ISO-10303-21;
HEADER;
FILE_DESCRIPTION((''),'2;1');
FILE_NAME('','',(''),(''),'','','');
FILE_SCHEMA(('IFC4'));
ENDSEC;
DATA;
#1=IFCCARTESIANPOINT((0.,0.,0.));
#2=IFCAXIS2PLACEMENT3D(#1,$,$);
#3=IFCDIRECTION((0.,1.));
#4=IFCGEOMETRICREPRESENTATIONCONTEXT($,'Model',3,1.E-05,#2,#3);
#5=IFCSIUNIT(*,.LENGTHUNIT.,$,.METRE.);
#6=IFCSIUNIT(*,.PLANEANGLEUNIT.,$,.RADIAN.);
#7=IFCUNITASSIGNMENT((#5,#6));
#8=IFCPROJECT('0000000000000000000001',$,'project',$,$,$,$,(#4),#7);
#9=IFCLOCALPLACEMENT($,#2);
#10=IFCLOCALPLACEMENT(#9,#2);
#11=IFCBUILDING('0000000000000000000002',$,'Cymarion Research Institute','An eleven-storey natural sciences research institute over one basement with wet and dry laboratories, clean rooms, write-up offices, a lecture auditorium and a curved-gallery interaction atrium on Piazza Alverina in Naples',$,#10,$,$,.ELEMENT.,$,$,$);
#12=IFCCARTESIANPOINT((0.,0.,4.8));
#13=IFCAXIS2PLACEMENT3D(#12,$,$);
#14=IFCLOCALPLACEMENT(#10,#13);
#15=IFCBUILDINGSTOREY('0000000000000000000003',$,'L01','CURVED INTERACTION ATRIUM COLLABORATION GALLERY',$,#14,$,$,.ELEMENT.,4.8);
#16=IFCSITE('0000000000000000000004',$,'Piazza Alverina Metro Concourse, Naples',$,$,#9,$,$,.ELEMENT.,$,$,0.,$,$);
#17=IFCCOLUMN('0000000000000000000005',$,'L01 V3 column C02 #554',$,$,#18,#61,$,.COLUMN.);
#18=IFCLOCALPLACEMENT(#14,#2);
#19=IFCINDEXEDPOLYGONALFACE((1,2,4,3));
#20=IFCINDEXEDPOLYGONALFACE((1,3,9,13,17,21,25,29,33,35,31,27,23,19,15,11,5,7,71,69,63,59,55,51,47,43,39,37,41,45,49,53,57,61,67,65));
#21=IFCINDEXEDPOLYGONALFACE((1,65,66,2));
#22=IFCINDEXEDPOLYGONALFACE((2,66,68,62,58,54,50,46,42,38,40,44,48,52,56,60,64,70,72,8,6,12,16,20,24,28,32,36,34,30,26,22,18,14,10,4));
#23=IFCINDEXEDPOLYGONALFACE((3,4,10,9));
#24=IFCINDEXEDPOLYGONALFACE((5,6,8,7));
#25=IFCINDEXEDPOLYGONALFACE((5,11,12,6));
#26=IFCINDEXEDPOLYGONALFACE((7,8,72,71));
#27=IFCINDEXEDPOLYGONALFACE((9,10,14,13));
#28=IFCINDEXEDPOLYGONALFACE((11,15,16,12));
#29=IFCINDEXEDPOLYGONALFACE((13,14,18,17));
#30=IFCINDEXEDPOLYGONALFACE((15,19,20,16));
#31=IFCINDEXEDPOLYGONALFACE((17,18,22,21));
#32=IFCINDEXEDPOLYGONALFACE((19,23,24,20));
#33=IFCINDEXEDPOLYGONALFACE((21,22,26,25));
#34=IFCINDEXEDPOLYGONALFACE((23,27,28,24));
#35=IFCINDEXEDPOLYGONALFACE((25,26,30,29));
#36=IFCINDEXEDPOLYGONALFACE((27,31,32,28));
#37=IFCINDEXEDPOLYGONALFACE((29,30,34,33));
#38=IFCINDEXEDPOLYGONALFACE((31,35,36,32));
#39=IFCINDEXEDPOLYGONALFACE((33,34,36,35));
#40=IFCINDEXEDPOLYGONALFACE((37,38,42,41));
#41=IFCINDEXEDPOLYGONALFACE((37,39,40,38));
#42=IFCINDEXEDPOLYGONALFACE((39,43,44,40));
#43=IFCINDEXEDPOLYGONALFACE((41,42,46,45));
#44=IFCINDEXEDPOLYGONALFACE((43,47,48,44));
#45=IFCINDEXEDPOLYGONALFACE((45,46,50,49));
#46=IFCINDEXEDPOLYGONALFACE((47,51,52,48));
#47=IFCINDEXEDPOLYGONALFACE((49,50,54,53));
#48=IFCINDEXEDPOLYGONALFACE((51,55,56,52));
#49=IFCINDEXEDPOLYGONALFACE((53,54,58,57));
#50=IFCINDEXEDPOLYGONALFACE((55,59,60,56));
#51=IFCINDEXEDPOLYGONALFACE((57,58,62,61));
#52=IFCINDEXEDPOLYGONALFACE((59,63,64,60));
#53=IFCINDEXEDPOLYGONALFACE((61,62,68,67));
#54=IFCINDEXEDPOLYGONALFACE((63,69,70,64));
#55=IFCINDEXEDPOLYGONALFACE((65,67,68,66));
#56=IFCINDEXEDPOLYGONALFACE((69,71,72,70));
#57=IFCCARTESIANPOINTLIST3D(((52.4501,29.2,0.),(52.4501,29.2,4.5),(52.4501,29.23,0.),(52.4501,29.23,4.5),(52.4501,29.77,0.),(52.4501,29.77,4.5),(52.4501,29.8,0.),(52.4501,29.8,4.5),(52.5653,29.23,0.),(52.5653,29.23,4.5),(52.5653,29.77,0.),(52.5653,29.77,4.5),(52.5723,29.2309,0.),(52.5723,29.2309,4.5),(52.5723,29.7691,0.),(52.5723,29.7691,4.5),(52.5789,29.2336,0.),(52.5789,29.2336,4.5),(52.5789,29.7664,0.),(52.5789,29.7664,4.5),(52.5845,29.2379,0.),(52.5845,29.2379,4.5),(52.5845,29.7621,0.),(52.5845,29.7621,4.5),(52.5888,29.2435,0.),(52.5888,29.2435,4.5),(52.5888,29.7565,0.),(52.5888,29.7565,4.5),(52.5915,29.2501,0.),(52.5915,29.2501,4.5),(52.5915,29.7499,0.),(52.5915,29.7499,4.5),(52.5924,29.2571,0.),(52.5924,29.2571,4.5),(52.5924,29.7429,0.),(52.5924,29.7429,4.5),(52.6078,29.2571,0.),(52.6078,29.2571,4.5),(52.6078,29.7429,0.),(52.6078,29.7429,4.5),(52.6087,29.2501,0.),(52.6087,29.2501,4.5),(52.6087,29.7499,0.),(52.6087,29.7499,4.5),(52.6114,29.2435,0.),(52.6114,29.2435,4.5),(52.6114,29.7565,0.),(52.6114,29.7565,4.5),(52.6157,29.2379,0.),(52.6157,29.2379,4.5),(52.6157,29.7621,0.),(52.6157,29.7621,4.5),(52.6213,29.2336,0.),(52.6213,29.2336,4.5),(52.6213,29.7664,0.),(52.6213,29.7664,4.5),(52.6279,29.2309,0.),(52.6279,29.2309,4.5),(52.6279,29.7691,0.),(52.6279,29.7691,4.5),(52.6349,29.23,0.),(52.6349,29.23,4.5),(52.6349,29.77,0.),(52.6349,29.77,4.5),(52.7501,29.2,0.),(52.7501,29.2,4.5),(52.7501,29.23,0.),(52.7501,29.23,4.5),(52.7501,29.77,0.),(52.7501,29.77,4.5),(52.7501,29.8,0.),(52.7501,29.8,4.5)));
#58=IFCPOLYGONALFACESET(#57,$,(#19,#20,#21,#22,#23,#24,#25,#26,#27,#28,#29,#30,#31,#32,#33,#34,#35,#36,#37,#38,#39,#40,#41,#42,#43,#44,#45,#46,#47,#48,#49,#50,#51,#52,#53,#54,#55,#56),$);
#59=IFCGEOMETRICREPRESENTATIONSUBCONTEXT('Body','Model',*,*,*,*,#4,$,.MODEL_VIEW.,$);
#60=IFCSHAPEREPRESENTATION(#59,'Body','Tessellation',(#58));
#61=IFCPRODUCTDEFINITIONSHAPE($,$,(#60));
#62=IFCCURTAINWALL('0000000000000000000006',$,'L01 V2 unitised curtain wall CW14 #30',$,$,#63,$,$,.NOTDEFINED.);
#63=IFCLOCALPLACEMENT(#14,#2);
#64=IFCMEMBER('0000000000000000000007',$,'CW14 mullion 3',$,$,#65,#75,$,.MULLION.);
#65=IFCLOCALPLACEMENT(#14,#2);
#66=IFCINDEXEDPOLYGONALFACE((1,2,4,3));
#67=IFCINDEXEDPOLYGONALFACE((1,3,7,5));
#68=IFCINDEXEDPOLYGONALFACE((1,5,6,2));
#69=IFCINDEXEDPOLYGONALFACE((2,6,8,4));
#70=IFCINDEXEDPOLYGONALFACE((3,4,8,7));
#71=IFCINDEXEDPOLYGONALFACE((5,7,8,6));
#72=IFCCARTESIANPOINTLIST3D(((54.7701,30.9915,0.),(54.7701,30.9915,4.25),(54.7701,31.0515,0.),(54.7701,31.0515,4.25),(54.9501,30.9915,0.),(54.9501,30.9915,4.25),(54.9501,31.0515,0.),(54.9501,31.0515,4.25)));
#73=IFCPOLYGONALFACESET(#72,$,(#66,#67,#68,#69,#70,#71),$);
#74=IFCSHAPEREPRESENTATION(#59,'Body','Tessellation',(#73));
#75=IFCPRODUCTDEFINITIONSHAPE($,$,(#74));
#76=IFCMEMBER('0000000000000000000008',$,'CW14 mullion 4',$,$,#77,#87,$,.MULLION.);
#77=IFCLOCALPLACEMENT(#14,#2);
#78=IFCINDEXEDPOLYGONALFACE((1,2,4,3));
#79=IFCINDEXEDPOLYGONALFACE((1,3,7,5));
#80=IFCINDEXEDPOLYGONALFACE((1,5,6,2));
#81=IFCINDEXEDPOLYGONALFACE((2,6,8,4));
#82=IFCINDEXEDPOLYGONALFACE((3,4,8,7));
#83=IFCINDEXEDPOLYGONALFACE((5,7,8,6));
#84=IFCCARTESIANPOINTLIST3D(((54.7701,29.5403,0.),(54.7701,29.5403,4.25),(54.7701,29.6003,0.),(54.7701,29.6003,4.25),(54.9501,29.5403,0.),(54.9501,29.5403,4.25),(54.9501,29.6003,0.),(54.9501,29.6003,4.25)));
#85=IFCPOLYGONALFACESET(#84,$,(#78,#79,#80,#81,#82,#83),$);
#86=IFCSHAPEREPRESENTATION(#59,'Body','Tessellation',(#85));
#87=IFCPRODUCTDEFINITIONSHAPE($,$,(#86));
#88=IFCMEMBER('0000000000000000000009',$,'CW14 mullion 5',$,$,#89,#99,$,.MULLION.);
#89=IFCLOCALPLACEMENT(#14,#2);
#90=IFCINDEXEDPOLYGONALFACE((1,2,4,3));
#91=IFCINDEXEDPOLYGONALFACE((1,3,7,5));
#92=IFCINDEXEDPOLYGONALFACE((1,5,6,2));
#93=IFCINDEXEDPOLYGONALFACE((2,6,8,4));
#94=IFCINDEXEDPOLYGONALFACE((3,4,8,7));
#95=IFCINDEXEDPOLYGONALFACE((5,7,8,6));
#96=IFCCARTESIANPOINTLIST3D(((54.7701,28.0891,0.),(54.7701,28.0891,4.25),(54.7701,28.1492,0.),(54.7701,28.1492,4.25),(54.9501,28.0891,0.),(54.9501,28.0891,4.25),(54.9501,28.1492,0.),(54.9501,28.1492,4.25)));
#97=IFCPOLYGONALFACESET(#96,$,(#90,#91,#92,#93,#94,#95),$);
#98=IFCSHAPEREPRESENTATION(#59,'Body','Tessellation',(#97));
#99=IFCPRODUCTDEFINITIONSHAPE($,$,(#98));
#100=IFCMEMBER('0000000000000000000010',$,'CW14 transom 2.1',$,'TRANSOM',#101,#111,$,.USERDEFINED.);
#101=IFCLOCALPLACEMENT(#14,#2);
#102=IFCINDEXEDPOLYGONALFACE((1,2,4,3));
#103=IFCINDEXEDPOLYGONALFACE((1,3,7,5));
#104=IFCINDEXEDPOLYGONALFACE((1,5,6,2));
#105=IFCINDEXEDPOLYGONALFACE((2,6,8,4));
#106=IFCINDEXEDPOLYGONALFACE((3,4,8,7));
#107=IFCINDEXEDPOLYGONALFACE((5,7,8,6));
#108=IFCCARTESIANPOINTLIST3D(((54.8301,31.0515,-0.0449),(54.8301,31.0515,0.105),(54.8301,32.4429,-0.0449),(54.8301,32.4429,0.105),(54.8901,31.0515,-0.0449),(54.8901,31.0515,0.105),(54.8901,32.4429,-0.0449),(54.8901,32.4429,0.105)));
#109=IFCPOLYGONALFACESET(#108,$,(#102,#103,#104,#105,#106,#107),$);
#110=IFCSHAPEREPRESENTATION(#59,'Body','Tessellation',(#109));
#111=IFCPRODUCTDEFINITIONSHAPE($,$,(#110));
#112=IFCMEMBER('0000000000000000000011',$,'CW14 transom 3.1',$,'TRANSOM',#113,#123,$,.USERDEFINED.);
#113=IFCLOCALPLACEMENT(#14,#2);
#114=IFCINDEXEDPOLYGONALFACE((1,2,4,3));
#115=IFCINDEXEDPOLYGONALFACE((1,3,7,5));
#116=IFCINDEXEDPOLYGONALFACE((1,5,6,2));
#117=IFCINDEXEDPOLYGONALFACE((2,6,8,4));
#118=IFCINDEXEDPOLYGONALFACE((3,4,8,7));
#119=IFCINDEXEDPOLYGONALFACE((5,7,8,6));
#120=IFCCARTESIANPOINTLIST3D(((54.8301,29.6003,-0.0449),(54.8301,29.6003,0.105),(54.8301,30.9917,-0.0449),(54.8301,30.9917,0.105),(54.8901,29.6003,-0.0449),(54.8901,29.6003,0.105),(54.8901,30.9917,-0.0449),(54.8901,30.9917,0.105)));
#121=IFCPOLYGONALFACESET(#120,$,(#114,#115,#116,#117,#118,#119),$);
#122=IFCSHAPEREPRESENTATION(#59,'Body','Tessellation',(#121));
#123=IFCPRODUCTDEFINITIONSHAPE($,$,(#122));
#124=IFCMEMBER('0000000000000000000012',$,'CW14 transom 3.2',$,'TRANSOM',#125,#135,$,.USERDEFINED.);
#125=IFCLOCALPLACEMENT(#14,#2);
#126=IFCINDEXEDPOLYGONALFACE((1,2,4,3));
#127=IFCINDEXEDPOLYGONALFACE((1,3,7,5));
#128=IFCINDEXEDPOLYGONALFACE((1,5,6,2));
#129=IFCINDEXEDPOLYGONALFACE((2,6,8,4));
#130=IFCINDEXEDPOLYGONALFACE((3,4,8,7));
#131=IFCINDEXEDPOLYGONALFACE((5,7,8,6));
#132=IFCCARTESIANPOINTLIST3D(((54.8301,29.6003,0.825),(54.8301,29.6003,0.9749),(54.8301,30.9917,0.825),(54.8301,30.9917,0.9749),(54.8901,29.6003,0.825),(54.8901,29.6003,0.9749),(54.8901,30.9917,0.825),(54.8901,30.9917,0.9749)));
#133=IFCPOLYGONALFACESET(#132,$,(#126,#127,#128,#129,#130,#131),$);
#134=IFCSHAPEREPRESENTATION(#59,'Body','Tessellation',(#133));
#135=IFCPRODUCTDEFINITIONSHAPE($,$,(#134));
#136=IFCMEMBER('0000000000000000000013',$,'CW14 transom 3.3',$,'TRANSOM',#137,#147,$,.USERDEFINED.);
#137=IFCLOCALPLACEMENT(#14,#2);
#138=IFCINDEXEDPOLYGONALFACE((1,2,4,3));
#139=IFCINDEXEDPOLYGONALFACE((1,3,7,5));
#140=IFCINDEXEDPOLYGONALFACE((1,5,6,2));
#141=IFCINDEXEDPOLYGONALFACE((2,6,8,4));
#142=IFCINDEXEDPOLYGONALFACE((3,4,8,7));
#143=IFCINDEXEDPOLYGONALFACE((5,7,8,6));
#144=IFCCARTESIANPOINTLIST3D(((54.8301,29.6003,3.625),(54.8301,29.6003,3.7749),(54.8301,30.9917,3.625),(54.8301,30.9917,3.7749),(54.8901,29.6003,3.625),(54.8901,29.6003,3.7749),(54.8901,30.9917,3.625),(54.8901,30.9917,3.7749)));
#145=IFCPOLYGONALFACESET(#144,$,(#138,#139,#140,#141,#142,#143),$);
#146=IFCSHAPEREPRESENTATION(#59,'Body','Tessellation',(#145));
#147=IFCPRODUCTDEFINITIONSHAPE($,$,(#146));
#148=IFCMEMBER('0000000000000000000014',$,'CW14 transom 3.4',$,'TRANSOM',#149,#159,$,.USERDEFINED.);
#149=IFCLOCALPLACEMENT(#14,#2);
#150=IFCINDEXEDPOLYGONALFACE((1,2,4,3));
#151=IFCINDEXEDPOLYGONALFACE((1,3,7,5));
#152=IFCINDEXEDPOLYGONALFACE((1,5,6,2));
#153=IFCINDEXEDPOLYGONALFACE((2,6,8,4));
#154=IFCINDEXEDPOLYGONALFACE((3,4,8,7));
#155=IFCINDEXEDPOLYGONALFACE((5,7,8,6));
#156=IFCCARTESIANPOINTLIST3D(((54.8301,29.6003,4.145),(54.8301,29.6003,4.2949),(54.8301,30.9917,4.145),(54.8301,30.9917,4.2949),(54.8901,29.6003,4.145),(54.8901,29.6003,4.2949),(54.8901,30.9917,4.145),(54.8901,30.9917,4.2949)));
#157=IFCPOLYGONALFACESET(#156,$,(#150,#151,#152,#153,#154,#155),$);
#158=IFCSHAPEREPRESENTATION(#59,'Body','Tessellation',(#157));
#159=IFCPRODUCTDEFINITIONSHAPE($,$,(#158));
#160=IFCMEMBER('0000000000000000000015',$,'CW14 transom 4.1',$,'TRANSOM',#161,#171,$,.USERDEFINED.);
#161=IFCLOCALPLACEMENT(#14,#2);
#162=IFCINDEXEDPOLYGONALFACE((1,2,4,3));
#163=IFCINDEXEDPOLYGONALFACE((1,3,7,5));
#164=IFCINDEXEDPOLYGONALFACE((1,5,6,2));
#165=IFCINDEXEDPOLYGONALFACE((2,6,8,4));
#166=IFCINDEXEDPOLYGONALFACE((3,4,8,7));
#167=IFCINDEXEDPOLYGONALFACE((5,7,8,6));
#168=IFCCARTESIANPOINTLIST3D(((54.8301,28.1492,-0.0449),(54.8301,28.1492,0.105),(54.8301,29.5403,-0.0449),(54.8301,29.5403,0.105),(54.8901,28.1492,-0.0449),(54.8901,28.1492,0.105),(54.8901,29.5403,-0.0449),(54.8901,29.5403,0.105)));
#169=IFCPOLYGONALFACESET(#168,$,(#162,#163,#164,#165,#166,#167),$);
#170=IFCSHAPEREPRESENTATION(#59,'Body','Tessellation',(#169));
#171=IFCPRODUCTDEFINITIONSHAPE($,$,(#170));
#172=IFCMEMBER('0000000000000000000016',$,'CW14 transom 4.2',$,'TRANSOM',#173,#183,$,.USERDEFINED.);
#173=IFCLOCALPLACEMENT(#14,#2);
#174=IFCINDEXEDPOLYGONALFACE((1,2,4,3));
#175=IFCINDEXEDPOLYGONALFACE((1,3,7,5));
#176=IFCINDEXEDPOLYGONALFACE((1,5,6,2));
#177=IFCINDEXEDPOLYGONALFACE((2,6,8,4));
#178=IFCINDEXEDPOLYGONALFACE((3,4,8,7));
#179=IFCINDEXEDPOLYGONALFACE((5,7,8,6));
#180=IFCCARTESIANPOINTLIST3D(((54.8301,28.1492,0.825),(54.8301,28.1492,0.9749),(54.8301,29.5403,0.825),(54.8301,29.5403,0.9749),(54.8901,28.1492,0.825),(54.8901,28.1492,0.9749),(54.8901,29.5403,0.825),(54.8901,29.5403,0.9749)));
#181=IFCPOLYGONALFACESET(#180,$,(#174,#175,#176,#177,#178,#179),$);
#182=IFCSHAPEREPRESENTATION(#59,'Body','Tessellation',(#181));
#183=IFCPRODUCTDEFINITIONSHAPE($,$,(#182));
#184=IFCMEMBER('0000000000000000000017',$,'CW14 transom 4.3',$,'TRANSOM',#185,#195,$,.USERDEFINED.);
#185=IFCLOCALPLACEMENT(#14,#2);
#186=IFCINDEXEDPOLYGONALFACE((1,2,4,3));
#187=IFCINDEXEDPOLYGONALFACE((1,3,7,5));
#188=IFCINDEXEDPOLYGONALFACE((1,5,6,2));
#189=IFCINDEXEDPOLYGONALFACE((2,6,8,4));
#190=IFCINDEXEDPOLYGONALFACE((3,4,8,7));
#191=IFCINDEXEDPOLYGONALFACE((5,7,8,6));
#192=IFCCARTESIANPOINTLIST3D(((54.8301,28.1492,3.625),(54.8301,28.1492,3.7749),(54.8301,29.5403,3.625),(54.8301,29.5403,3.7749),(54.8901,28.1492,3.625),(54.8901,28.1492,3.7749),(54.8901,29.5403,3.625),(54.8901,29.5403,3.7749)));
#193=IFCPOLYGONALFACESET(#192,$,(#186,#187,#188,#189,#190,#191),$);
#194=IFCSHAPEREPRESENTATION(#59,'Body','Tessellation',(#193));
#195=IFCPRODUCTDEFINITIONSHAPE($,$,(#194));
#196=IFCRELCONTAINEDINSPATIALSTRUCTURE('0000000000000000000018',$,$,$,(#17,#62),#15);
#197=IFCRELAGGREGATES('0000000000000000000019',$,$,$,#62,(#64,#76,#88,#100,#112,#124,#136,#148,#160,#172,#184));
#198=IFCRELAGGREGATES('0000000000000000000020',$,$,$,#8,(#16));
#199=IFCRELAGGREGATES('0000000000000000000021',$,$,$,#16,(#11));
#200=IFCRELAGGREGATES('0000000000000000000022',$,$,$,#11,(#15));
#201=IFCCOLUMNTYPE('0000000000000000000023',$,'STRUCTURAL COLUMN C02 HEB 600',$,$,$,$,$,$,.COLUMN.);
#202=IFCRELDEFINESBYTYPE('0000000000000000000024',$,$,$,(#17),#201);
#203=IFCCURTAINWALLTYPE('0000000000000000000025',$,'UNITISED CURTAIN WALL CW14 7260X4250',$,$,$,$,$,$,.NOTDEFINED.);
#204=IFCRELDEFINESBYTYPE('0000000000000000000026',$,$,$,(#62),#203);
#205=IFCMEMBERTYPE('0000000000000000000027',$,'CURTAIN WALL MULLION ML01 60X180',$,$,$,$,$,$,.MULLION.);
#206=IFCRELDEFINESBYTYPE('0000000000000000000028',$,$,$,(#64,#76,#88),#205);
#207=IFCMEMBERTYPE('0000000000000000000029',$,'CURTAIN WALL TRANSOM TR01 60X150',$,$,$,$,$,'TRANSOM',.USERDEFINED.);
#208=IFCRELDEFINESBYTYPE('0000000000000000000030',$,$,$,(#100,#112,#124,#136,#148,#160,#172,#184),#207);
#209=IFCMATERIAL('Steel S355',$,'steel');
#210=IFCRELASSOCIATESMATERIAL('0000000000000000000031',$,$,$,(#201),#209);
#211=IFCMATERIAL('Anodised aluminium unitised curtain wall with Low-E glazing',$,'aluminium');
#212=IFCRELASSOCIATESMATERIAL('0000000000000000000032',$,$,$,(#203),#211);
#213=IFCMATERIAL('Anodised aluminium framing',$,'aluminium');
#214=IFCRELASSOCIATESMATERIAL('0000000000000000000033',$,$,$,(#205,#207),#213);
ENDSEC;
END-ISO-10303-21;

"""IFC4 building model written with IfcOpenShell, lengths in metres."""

from ifc_helpers import new_model, si_unit, direction, frame, origin, origin_2d, place, context, subcontext, project, spatial, rectangle, i_section, extrude, material, material_profile, profile_set, type_object, element, aggregate, save


model = new_model("IFC4")

# Units and contexts
model_context = context("Model", 3, precision=1e-05, world=origin(), true_north=direction((0.0, 1.0)))
body_context = subcontext(model_context, "Body", "Model", "MODEL_VIEW")
ifc_project = project(units=[si_unit("LENGTHUNIT", "METRE"), si_unit("PLANEANGLEUNIT", "RADIAN")], contexts=[model_context])

# Site, building, storey
site_placement = place(None, origin())
site = spatial("IfcSite", under=ifc_project, at=site_placement, Name="Piazza Alverina Metro Concourse, Naples", CompositionType="ELEMENT", RefElevation=0.0)
building_placement = place(site_placement, origin())
building = spatial("IfcBuilding", under=site, at=building_placement, Name="Cymarion Research Institute", Description="An eleven-storey natural sciences research institute over one basement with wet and dry laboratories, clean rooms, write-up offices, a lecture auditorium and a curved-gallery interaction atrium on Piazza Alverina in Naples", CompositionType="ELEMENT")
storey_placement = place(building_placement, frame((0.0, 0.0, 4.8)))
storey = spatial("IfcBuildingStorey", under=building, at=storey_placement, Name="L01", Description="CURVED INTERACTION ATRIUM COLLABORATION GALLERY", CompositionType="ELEMENT", Elevation=4.8)

# Column
ifc_material_1 = material(Name="Steel S355", Category="steel")
ifc_material_profile_1 = material_profile(ifc_material_1, i_section(OverallWidth=0.3, OverallDepth=0.6001, WebThickness=0.0154, FlangeThickness=0.03, FilletRadius=0.0271, at=origin_2d()), Name="HEB 600")
ifc_profile_set_1 = profile_set([ifc_material_profile_1], Name="Steel S355")
column_type = type_object("IfcColumnType", Name="STRUCTURAL COLUMN C02 HEB 600", PredefinedType="COLUMN", material=ifc_profile_set_1)
column_placement = place(storey_placement, frame((52.6001, 29.5, 0.0), z_axis=(0.0, 0.0, 1.0), x_axis=(1.0, 0.0, 0.0)))
element("IfcColumn", 1, at=column_placement, inside=storey, type_object=column_type, Name="L01 V3 column C02 #554", PredefinedType="COLUMN", context=body_context, shape_type="SweptSolid", body=[
    extrude(i_section(OverallWidth=0.3, OverallDepth=0.6001, WebThickness=0.0154, FlangeThickness=0.03, FilletRadius=0.0271, at=origin_2d()), origin(), (0.0, 0.0, 1.0), 4.5),
])

# Curtain wall, members
ifc_material_2 = material(Name="Anodised aluminium unitised curtain wall with Low-E glazing", Category="aluminium")
curtain_wall_type = type_object("IfcCurtainWallType", Name="UNITISED CURTAIN WALL CW14 7260X4250", PredefinedType="NOTDEFINED", material=ifc_material_2)
curtain_wall_placement = place(storey_placement, origin())
curtain_wall = element("IfcCurtainWall", 2, at=curtain_wall_placement, inside=storey, type_object=curtain_wall_type, Name="L01 V2 unitised curtain wall CW14 #30", PredefinedType="NOTDEFINED")
ifc_material_3 = material(Name="Anodised aluminium framing", Category="aluminium")
ifc_material_profile_2 = material_profile(ifc_material_3, rectangle(XDim=0.0601, YDim=0.1799, at=origin_2d()), Name="ALU MULLION 60x180")
ifc_profile_set_2 = profile_set([ifc_material_profile_2], Name="Anodised aluminium framing")
member_type_1 = type_object("IfcMemberType", Name="CURTAIN WALL MULLION ML01 60X180", PredefinedType="MULLION", material=ifc_profile_set_2)
member_1_placement = place(storey_placement, frame((54.8601, 31.0215, 0.0), z_axis=(0.0, 0.0, 1.0), x_axis=(0.0, -1.0, 0.0)))
member_1 = element("IfcMember", 3, at=member_1_placement, type_object=member_type_1, Name="CW14 mullion 3", PredefinedType="MULLION", context=body_context, shape_type="SweptSolid", body=[
    extrude(rectangle(XDim=0.0601, YDim=0.1799, at=origin_2d()), origin(), (0.0, 0.0, 1.0), 4.25),
])
member_2_placement = place(storey_placement, frame((54.8601, 29.5703, 0.0), z_axis=(0.0, 0.0, 1.0), x_axis=(0.0, -1.0, 0.0)))
member_2 = element("IfcMember", 4, at=member_2_placement, type_object=member_type_1, Name="CW14 mullion 4", PredefinedType="MULLION", context=body_context, shape_type="SweptSolid", body=[
    extrude(rectangle(XDim=0.0601, YDim=0.1799, at=origin_2d()), origin(), (0.0, 0.0, 1.0), 4.25),
])
member_3_placement = place(storey_placement, frame((54.8601, 28.1191, 0.0), z_axis=(0.0, 0.0, 1.0), x_axis=(0.0, -1.0, 0.0)))
member_3 = element("IfcMember", 5, at=member_3_placement, type_object=member_type_1, Name="CW14 mullion 5", PredefinedType="MULLION", context=body_context, shape_type="SweptSolid", body=[
    extrude(rectangle(XDim=0.0601, YDim=0.1799, at=origin_2d()), origin(), (0.0, 0.0, 1.0), 4.25),
])
ifc_material_profile_3 = material_profile(ifc_material_3, rectangle(XDim=0.0601, YDim=0.1499, at=origin_2d()), Name="ALU TRANSOM 60x150")
ifc_profile_set_3 = profile_set([ifc_material_profile_3], Name="Anodised aluminium framing")
member_type_2 = type_object("IfcMemberType", Name="CURTAIN WALL TRANSOM TR01 60X150", ElementType="TRANSOM", PredefinedType="USERDEFINED", material=ifc_profile_set_3)
member_4_placement = place(storey_placement, frame((54.8601, 32.4429, 0.03), z_axis=(0.0, -1.0, 0.0), x_axis=(1.0, 0.0, 0.0)))
member_4 = element("IfcMember", 6, at=member_4_placement, type_object=member_type_2, Name="CW14 transom 2.1", ObjectType="TRANSOM", PredefinedType="USERDEFINED", context=body_context, shape_type="SweptSolid", body=[
    extrude(rectangle(XDim=0.0601, YDim=0.1499, at=origin_2d()), origin(), (0.0, 0.0, 1.0), 1.3914),
])
member_5_placement = place(storey_placement, frame((54.8601, 30.9917, 0.03), z_axis=(0.0, -1.0, 0.0), x_axis=(1.0, 0.0, 0.0)))
member_5 = element("IfcMember", 7, at=member_5_placement, type_object=member_type_2, Name="CW14 transom 3.1", ObjectType="TRANSOM", PredefinedType="USERDEFINED", context=body_context, shape_type="SweptSolid", body=[
    extrude(rectangle(XDim=0.0601, YDim=0.1499, at=origin_2d()), origin(), (0.0, 0.0, 1.0), 1.3914),
])
member_6_placement = place(storey_placement, frame((54.8601, 30.9917, 0.8999), z_axis=(0.0, -1.0, 0.0), x_axis=(1.0, 0.0, 0.0)))
member_6 = element("IfcMember", 8, at=member_6_placement, type_object=member_type_2, Name="CW14 transom 3.2", ObjectType="TRANSOM", PredefinedType="USERDEFINED", context=body_context, shape_type="SweptSolid", body=[
    extrude(rectangle(XDim=0.0601, YDim=0.1499, at=origin_2d()), origin(), (0.0, 0.0, 1.0), 1.3914),
])
member_7_placement = place(storey_placement, frame((54.8601, 30.9917, 3.7), z_axis=(0.0, -1.0, 0.0), x_axis=(1.0, 0.0, 0.0)))
member_7 = element("IfcMember", 9, at=member_7_placement, type_object=member_type_2, Name="CW14 transom 3.3", ObjectType="TRANSOM", PredefinedType="USERDEFINED", context=body_context, shape_type="SweptSolid", body=[
    extrude(rectangle(XDim=0.0601, YDim=0.1499, at=origin_2d()), origin(), (0.0, 0.0, 1.0), 1.3914),
])
member_8_placement = place(storey_placement, frame((54.8601, 30.9917, 4.22), z_axis=(0.0, -1.0, 0.0), x_axis=(1.0, 0.0, 0.0)))
member_8 = element("IfcMember", 10, at=member_8_placement, type_object=member_type_2, Name="CW14 transom 3.4", ObjectType="TRANSOM", PredefinedType="USERDEFINED", context=body_context, shape_type="SweptSolid", body=[
    extrude(rectangle(XDim=0.0601, YDim=0.1499, at=origin_2d()), origin(), (0.0, 0.0, 1.0), 1.3914),
])
member_9_placement = place(storey_placement, frame((54.8601, 29.5403, 0.03), z_axis=(0.0, -1.0, 0.0), x_axis=(1.0, 0.0, 0.0)))
member_9 = element("IfcMember", 11, at=member_9_placement, type_object=member_type_2, Name="CW14 transom 4.1", ObjectType="TRANSOM", PredefinedType="USERDEFINED", context=body_context, shape_type="SweptSolid", body=[
    extrude(rectangle(XDim=0.0601, YDim=0.1499, at=origin_2d()), origin(), (0.0, 0.0, 1.0), 1.3911),
])
member_10_placement = place(storey_placement, frame((54.8601, 29.5403, 0.8999), z_axis=(0.0, -1.0, 0.0), x_axis=(1.0, 0.0, 0.0)))
member_10 = element("IfcMember", 12, at=member_10_placement, type_object=member_type_2, Name="CW14 transom 4.2", ObjectType="TRANSOM", PredefinedType="USERDEFINED", context=body_context, shape_type="SweptSolid", body=[
    extrude(rectangle(XDim=0.0601, YDim=0.1499, at=origin_2d()), origin(), (0.0, 0.0, 1.0), 1.3911),
])
member_11_placement = place(storey_placement, frame((54.8601, 29.5403, 3.7), z_axis=(0.0, -1.0, 0.0), x_axis=(1.0, 0.0, 0.0)))
member_11 = element("IfcMember", 13, at=member_11_placement, type_object=member_type_2, Name="CW14 transom 4.3", ObjectType="TRANSOM", PredefinedType="USERDEFINED", context=body_context, shape_type="SweptSolid", body=[
    extrude(rectangle(XDim=0.0601, YDim=0.1499, at=origin_2d()), origin(), (0.0, 0.0, 1.0), 1.3911),
])

aggregate(curtain_wall, [member_1, member_2, member_3, member_4, member_5, member_6, member_7, member_8, member_9, member_10, member_11])

save(model, "model.ifc")
